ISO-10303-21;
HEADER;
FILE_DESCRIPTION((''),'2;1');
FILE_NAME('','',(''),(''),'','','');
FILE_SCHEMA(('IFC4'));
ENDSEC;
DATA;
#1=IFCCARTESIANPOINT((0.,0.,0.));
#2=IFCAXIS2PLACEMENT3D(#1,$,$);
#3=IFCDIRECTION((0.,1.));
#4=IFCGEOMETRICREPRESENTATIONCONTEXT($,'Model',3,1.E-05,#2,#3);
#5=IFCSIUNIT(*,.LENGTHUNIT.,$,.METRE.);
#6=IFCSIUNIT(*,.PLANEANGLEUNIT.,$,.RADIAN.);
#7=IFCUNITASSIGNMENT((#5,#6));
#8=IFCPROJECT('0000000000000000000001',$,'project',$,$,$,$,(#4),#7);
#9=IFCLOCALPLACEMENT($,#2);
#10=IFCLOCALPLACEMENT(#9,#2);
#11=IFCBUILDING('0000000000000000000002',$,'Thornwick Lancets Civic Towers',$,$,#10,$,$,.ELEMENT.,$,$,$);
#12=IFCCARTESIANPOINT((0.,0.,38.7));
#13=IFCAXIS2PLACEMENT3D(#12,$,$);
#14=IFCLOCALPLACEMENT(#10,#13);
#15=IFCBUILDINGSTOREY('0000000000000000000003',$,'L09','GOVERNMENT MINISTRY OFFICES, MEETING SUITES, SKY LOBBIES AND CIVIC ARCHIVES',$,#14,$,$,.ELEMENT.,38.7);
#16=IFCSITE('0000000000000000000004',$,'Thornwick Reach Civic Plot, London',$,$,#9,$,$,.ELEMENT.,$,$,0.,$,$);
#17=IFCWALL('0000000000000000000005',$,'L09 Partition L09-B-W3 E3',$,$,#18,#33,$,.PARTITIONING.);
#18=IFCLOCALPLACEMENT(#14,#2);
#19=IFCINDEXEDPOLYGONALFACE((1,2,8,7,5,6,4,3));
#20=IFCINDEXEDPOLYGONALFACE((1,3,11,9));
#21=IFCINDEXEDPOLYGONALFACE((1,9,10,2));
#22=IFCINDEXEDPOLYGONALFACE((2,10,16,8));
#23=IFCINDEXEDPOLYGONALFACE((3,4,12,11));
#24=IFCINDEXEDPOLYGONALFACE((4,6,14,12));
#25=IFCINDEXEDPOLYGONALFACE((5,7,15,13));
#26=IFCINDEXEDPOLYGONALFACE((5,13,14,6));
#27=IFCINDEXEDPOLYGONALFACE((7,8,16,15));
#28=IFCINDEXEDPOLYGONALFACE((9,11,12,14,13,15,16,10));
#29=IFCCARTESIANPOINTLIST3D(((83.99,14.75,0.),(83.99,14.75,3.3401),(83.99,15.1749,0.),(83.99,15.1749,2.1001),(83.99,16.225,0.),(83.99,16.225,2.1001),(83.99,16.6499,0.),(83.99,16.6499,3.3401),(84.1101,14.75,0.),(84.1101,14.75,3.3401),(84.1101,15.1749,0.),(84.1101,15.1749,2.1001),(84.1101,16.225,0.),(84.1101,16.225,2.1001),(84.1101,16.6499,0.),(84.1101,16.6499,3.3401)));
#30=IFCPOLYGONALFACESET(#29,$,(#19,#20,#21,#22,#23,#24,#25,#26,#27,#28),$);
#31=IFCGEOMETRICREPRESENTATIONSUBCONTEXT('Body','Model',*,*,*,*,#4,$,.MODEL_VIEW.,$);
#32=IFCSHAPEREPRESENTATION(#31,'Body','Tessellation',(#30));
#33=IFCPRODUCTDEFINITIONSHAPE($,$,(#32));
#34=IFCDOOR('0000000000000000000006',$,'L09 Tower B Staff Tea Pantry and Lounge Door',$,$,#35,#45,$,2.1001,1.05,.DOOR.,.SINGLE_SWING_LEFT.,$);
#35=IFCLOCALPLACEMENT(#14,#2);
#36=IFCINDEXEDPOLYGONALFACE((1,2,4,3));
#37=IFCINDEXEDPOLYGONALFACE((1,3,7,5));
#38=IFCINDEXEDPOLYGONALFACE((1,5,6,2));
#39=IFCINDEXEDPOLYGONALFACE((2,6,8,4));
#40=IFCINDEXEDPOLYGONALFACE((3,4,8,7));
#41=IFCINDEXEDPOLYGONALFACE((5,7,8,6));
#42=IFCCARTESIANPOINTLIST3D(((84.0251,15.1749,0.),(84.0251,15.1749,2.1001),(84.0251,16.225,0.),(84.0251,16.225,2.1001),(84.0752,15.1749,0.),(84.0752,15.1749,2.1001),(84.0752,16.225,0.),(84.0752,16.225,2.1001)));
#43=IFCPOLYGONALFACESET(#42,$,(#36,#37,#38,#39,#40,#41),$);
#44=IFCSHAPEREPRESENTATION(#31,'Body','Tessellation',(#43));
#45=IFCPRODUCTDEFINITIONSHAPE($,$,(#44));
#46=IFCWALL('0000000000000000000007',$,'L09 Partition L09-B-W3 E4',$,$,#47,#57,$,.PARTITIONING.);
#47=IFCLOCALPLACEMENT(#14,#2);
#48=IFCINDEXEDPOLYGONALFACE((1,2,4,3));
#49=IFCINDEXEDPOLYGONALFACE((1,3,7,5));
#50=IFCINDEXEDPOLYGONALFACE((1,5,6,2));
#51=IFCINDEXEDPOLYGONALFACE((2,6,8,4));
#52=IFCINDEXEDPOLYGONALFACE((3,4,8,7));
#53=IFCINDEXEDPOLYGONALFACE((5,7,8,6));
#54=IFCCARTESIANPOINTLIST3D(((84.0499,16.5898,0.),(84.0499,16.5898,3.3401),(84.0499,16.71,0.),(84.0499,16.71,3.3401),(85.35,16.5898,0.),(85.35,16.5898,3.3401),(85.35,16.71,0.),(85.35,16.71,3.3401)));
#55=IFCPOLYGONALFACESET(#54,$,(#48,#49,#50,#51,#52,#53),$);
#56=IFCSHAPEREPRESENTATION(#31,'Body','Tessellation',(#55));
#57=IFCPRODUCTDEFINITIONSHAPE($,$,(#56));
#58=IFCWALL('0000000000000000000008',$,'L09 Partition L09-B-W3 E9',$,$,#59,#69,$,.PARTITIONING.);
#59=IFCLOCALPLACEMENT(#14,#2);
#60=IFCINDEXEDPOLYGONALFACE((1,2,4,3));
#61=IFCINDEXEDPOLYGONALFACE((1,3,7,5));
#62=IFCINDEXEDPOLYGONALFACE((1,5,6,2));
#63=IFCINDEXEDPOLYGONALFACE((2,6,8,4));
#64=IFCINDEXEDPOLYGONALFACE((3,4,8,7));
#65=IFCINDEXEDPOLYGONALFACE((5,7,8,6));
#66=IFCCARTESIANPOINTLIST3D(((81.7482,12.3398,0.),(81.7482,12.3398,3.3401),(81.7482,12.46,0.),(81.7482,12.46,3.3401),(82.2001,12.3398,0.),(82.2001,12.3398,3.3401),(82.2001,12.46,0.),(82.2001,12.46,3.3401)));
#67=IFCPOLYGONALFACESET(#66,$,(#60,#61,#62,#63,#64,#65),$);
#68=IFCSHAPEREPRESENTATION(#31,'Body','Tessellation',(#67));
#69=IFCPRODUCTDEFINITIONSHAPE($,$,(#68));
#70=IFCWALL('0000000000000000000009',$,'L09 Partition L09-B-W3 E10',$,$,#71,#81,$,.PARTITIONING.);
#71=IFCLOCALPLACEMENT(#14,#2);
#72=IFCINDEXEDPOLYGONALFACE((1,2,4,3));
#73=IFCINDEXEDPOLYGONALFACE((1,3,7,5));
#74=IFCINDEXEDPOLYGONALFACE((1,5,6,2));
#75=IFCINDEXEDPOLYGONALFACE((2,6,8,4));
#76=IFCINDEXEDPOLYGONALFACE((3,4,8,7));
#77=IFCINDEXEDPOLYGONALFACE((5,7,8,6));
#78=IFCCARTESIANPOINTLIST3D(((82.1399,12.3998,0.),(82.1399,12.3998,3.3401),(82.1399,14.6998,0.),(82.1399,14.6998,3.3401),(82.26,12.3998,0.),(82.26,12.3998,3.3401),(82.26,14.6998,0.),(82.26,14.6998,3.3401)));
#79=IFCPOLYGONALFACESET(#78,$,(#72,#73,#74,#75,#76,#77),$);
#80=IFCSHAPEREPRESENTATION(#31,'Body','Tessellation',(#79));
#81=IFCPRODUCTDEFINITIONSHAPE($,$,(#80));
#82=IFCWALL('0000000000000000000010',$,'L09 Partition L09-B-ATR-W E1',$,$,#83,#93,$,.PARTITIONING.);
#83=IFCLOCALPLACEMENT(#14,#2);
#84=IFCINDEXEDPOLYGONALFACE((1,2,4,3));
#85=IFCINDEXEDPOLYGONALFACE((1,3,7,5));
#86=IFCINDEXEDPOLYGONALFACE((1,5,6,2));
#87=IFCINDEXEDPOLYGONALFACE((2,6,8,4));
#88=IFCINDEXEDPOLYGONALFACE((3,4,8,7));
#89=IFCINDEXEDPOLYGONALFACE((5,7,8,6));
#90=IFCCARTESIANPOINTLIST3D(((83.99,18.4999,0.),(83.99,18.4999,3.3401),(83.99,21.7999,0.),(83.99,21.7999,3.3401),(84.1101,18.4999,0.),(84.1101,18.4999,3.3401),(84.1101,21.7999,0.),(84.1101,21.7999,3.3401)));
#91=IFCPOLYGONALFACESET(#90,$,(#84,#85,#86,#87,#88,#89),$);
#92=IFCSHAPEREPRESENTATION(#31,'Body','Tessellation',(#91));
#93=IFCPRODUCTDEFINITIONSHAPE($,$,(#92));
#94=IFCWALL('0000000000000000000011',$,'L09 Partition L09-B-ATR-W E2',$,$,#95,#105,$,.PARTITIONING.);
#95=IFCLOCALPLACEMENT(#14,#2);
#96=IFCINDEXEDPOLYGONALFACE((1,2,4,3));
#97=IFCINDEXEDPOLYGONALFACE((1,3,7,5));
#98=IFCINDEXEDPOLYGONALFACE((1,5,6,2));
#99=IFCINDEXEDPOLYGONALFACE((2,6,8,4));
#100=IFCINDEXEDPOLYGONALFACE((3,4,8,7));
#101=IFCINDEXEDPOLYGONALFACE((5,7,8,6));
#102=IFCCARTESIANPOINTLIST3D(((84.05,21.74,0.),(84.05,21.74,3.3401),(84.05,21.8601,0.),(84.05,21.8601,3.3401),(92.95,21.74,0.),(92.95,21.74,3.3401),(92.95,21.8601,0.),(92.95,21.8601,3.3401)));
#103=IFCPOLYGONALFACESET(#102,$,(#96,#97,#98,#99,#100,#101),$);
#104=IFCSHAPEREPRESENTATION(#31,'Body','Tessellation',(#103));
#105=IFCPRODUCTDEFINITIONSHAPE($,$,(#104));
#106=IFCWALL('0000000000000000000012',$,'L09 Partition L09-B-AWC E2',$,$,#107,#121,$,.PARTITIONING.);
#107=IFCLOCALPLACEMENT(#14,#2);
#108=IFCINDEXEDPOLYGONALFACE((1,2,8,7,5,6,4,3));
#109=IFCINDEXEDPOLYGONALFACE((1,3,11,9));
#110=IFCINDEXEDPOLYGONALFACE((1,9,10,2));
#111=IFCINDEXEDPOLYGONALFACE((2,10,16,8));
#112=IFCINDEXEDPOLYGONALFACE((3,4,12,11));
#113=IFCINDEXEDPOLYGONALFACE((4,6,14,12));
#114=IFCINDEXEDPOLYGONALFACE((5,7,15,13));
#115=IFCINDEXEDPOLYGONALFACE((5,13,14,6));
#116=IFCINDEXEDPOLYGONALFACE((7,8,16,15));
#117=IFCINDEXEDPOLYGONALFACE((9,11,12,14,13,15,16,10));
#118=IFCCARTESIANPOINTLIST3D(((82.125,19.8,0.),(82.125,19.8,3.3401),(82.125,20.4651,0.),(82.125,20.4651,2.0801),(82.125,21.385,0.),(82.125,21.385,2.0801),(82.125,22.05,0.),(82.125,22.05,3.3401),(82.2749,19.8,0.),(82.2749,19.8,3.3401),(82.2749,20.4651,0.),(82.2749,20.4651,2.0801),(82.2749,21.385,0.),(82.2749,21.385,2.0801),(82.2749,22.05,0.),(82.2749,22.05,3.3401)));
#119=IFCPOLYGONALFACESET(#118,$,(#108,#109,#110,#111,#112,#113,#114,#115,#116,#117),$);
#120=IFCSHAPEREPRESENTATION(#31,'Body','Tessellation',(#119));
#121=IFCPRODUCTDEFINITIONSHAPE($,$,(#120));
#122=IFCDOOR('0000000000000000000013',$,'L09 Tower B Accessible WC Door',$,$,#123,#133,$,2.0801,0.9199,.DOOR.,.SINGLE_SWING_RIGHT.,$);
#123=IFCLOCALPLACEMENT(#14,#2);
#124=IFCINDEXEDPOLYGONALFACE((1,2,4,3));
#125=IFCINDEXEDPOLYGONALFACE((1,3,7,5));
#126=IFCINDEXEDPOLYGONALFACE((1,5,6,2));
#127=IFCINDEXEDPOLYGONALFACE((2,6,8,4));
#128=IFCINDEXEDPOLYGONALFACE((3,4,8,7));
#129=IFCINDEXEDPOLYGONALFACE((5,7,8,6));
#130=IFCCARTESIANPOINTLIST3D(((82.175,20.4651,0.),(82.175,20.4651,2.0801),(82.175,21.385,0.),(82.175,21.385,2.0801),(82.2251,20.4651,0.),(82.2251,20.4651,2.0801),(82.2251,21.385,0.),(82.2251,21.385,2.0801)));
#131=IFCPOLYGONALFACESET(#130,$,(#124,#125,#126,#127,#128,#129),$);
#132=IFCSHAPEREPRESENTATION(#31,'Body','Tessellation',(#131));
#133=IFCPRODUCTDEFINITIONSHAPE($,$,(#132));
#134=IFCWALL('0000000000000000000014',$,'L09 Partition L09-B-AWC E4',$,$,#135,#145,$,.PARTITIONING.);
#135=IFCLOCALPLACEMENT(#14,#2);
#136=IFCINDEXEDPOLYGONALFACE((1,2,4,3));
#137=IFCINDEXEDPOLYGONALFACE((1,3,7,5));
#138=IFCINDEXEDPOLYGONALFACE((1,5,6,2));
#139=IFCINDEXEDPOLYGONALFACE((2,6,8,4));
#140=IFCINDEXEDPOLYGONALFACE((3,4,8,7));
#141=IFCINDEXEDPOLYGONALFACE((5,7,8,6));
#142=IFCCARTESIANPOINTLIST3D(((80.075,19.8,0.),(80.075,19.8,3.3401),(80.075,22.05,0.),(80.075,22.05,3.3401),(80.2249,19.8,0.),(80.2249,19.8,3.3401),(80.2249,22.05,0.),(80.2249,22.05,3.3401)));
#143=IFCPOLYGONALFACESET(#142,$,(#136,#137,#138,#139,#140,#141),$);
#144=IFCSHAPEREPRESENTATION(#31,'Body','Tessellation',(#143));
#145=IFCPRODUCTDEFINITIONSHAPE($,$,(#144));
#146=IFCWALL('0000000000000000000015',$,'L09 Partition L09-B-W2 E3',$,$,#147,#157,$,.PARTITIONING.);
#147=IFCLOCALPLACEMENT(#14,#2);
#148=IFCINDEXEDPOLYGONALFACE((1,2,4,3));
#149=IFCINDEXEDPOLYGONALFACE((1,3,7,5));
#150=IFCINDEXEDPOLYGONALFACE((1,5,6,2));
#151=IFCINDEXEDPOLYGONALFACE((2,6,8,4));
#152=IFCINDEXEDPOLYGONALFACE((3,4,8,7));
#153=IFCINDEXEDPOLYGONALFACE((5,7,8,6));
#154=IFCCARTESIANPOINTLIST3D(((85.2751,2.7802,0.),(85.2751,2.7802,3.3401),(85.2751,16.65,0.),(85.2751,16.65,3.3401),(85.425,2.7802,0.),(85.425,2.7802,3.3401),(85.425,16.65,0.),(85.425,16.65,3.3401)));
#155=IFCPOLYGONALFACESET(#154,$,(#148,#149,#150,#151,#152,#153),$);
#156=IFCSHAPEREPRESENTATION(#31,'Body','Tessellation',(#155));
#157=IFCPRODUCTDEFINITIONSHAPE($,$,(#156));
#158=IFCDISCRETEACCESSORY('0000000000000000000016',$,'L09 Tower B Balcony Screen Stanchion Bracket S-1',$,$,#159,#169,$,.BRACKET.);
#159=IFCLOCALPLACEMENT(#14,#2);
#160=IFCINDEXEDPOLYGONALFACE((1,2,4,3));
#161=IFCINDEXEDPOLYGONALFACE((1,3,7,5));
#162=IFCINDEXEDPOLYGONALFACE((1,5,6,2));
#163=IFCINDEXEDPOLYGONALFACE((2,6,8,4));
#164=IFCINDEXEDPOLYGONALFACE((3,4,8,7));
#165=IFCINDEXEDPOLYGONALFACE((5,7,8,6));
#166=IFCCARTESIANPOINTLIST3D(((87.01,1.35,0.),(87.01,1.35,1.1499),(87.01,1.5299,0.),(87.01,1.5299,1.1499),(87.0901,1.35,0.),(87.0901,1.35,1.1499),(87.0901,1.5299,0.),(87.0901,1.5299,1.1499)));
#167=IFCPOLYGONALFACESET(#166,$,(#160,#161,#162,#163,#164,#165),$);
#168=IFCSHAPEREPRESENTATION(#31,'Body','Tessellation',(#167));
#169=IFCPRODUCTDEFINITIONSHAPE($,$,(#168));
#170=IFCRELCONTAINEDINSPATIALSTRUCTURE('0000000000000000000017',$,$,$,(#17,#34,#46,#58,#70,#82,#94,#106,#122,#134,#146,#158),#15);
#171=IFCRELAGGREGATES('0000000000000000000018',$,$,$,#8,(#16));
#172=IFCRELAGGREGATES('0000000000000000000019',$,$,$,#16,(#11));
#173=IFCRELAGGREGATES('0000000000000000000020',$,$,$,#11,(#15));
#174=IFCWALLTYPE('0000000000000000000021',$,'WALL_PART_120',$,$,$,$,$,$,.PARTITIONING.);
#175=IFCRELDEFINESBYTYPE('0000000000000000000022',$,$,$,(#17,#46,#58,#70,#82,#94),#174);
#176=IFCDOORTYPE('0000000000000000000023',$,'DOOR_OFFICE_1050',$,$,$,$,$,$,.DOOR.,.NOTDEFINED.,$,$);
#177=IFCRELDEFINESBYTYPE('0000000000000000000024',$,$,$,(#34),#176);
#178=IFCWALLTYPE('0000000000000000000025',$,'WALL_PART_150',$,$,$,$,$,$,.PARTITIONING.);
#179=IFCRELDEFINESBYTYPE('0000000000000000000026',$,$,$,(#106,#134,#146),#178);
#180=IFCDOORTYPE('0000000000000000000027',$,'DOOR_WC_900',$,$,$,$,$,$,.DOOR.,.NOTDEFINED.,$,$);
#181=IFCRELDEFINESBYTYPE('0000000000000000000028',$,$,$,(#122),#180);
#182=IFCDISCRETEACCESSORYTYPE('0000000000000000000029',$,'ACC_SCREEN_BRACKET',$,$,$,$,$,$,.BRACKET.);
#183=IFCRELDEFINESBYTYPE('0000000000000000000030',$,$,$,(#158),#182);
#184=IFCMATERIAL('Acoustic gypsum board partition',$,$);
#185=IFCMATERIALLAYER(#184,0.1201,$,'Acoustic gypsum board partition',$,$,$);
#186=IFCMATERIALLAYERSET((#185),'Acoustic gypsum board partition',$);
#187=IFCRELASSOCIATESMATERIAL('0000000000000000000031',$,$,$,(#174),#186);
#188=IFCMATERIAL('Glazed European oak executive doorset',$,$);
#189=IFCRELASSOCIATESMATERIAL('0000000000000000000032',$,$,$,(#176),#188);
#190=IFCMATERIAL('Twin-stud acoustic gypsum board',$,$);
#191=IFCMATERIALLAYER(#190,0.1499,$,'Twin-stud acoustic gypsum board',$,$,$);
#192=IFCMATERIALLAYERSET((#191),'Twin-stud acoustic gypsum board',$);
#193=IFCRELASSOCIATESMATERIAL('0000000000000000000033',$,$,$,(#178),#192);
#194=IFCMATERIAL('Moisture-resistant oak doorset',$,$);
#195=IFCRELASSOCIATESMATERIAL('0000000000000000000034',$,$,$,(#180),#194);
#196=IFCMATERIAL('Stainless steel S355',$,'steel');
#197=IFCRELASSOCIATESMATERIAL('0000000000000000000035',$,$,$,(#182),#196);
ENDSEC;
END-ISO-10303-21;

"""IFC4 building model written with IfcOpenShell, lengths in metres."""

from ifc_helpers import new_model, si_unit, direction, frame, frame_2d, origin, origin_2d, place, context, subcontext, project, spatial, rectangle, extrude, material, layer, layer_set, type_object, element, fill, save


model = new_model("IFC4")

# Units and contexts
model_context = context("Model", 3, precision=1e-05, world=origin(), true_north=direction((0.0, 1.0)))
body_context = subcontext(model_context, "Body", "Model", "MODEL_VIEW")
ifc_project = project(units=[si_unit("LENGTHUNIT", "METRE"), si_unit("PLANEANGLEUNIT", "RADIAN")], contexts=[model_context])

# Site, building, storey
site_placement = place(None, origin())
site = spatial("IfcSite", under=ifc_project, at=site_placement, Name="Thornwick Reach Civic Plot, London", CompositionType="ELEMENT", RefElevation=0.0)
building_placement = place(site_placement, origin())
building = spatial("IfcBuilding", under=site, at=building_placement, Name="Thornwick Lancets Civic Towers", CompositionType="ELEMENT")
storey_placement = place(building_placement, frame((0.0, 0.0, 38.7)))
storey = spatial("IfcBuildingStorey", under=building, at=storey_placement, Name="L09", Description="GOVERNMENT MINISTRY OFFICES, MEETING SUITES, SKY LOBBIES AND CIVIC ARCHIVES", CompositionType="ELEMENT", Elevation=38.7)

# Shared definitions
ifc_material_1 = material(Name="Acoustic gypsum board partition")
ifc_layer_1 = layer(ifc_material_1, 0.1201, Name="Acoustic gypsum board partition")
ifc_layer_set_1 = layer_set([ifc_layer_1], Name="Acoustic gypsum board partition")
wall_type_1 = type_object("IfcWallType", Name="WALL_PART_120", PredefinedType="PARTITIONING", material=ifc_layer_set_1)

# Wall, opening, door
wall_1_placement = place(storey_placement, frame((84.05, 14.75, 0.0), z_axis=(0.0, 0.0, 1.0), x_axis=(0.0, 1.0, 0.0)))
wall_1 = element("IfcWall", 1, at=wall_1_placement, inside=storey, type_object=wall_type_1, Name="L09 Partition L09-B-W3 E3", PredefinedType="PARTITIONING", context=body_context, shape_type="SweptSolid", body=[
    extrude(rectangle(XDim=1.8999, YDim=0.1201, at=frame_2d((0.95, 0.0))), origin(), (0.0, 0.0, 1.0), 3.3401),
])
opening_1_placement = place(wall_1_placement, frame((0.425, 0.0, 0.0)))
opening_1 = element("IfcOpeningElement", 2, at=opening_1_placement, cuts=wall_1, PredefinedType="OPENING", context=body_context, shape_type="SweptSolid", body=[
    extrude(rectangle(XDim=1.05, YDim=2.1001, at=frame_2d((0.5249, 1.05))), frame((0.0, 0.0701, 0.0), z_axis=(0.0, -1.0, 0.0), x_axis=(1.0, 0.0, 0.0)), (0.0, 0.0, 1.0), 0.1401),
])
ifc_material_2 = material(Name="Glazed European oak executive doorset")
door_type_1 = type_object("IfcDoorType", Name="DOOR_OFFICE_1050", OperationType="NOTDEFINED", PredefinedType="DOOR", material=ifc_material_2)
door_1_placement = place(opening_1_placement, origin())
door_1 = element("IfcDoor", 3, at=door_1_placement, inside=storey, type_object=door_type_1, Name="L09 Tower B Staff Tea Pantry and Lounge Door", OperationType="SINGLE_SWING_LEFT", OverallHeight=2.1001, OverallWidth=1.05, PredefinedType="DOOR", context=body_context, shape_type="SweptSolid", body=[
    extrude(rectangle(XDim=1.05, YDim=2.1001, at=frame_2d((0.5249, 1.05))), frame((0.0, 0.0249, 0.0), z_axis=(0.0, -1.0, 0.0), x_axis=(1.0, 0.0, 0.0)), (0.0, 0.0, 1.0), 0.05),
])
fill(opening_1, door_1)

# Walls
wall_2_placement = place(storey_placement, frame((84.05, 16.6499, 0.0), z_axis=(0.0, 0.0, 1.0), x_axis=(1.0, 0.0, 0.0)))
element("IfcWall", 4, at=wall_2_placement, inside=storey, type_object=wall_type_1, Name="L09 Partition L09-B-W3 E4", PredefinedType="PARTITIONING", context=body_context, shape_type="SweptSolid", body=[
    extrude(rectangle(XDim=1.3, YDim=0.1201, at=frame_2d((0.6499, 0.0))), origin(), (0.0, 0.0, 1.0), 3.3401),
])
wall_3_placement = place(storey_placement, frame((81.748, 12.3999, 0.0), z_axis=(0.0, 0.0, 1.0), x_axis=(1.0, 0.0, 0.0)))
element("IfcWall", 5, at=wall_3_placement, inside=storey, type_object=wall_type_1, Name="L09 Partition L09-B-W3 E9", PredefinedType="PARTITIONING", context=body_context, shape_type="SweptSolid", body=[
    extrude(rectangle(XDim=0.4519, YDim=0.1201, at=frame_2d((0.2261, 0.0))), origin(), (0.0, 0.0, 1.0), 3.3401),
])
wall_4_placement = place(storey_placement, frame((82.2, 12.3999, 0.0), z_axis=(0.0, 0.0, 1.0), x_axis=(0.0, 1.0, 0.0)))
element("IfcWall", 6, at=wall_4_placement, inside=storey, type_object=wall_type_1, Name="L09 Partition L09-B-W3 E10", PredefinedType="PARTITIONING", context=body_context, shape_type="SweptSolid", body=[
    extrude(rectangle(XDim=2.3, YDim=0.1201, at=frame_2d((1.1499, 0.0))), origin(), (0.0, 0.0, 1.0), 3.3401),
])
wall_5_placement = place(storey_placement, frame((84.05, 18.5, 0.0), z_axis=(0.0, 0.0, 1.0), x_axis=(0.0, 1.0, 0.0)))
element("IfcWall", 7, at=wall_5_placement, inside=storey, type_object=wall_type_1, Name="L09 Partition L09-B-ATR-W E1", PredefinedType="PARTITIONING", context=body_context, shape_type="SweptSolid", body=[
    extrude(rectangle(XDim=3.3, YDim=0.1201, at=frame_2d((1.6499, 0.0))), origin(), (0.0, 0.0, 1.0), 3.3401),
])
wall_6_placement = place(storey_placement, frame((84.05, 21.8, 0.0), z_axis=(0.0, 0.0, 1.0), x_axis=(1.0, 0.0, 0.0)))
element("IfcWall", 8, at=wall_6_placement, inside=storey, type_object=wall_type_1, Name="L09 Partition L09-B-ATR-W E2", PredefinedType="PARTITIONING", context=body_context, shape_type="SweptSolid", body=[
    extrude(rectangle(XDim=8.8999, YDim=0.1201, at=frame_2d((4.45, 0.0))), origin(), (0.0, 0.0, 1.0), 3.3401),
])

# Wall, opening, door
ifc_material_3 = material(Name="Twin-stud acoustic gypsum board")
ifc_layer_2 = layer(ifc_material_3, 0.1499, Name="Twin-stud acoustic gypsum board")
ifc_layer_set_2 = layer_set([ifc_layer_2], Name="Twin-stud acoustic gypsum board")
wall_type_2 = type_object("IfcWallType", Name="WALL_PART_150", PredefinedType="PARTITIONING", material=ifc_layer_set_2)
wall_7_placement = place(storey_placement, frame((82.2, 19.8, 0.0), z_axis=(0.0, 0.0, 1.0), x_axis=(0.0, 1.0, 0.0)))
wall_7 = element("IfcWall", 9, at=wall_7_placement, inside=storey, type_object=wall_type_2, Name="L09 Partition L09-B-AWC E2", PredefinedType="PARTITIONING", context=body_context, shape_type="SweptSolid", body=[
    extrude(rectangle(XDim=2.25, YDim=0.1499, at=frame_2d((1.125, 0.0))), origin(), (0.0, 0.0, 1.0), 3.3401),
])
opening_2_placement = place(wall_7_placement, frame((0.665, 0.0, 0.0)))
opening_2 = element("IfcOpeningElement", 10, at=opening_2_placement, cuts=wall_7, PredefinedType="OPENING", context=body_context, shape_type="SweptSolid", body=[
    extrude(rectangle(XDim=0.9199, YDim=2.0801, at=frame_2d((0.46, 1.04))), frame((0.0, 0.085, 0.0), z_axis=(0.0, -1.0, 0.0), x_axis=(1.0, 0.0, 0.0)), (0.0, 0.0, 1.0), 0.1699),
])
ifc_material_4 = material(Name="Moisture-resistant oak doorset")
door_type_2 = type_object("IfcDoorType", Name="DOOR_WC_900", OperationType="NOTDEFINED", PredefinedType="DOOR", material=ifc_material_4)
door_2_placement = place(opening_2_placement, origin())
door_2 = element("IfcDoor", 11, at=door_2_placement, inside=storey, type_object=door_type_2, Name="L09 Tower B Accessible WC Door", OperationType="SINGLE_SWING_RIGHT", OverallHeight=2.0801, OverallWidth=0.9199, PredefinedType="DOOR", context=body_context, shape_type="SweptSolid", body=[
    extrude(rectangle(XDim=0.9199, YDim=2.0801, at=frame_2d((0.46, 1.04))), frame((0.0, 0.0249, 0.0), z_axis=(0.0, -1.0, 0.0), x_axis=(1.0, 0.0, 0.0)), (0.0, 0.0, 1.0), 0.05),
])
fill(opening_2, door_2)

# Walls
wall_8_placement = place(storey_placement, frame((80.1499, 22.05, 0.0), z_axis=(0.0, 0.0, 1.0), x_axis=(0.0, -1.0, 0.0)))
element("IfcWall", 12, at=wall_8_placement, inside=storey, type_object=wall_type_2, Name="L09 Partition L09-B-AWC E4", PredefinedType="PARTITIONING", context=body_context, shape_type="SweptSolid", body=[
    extrude(rectangle(XDim=2.25, YDim=0.1499, at=frame_2d((1.125, 0.0))), origin(), (0.0, 0.0, 1.0), 3.3401),
])
wall_9_placement = place(storey_placement, frame((85.3501, 2.78, 0.0), z_axis=(0.0, 0.0, 1.0), x_axis=(0.0, 1.0, 0.0)))
element("IfcWall", 13, at=wall_9_placement, inside=storey, type_object=wall_type_2, Name="L09 Partition L09-B-W2 E3", PredefinedType="PARTITIONING", context=body_context, shape_type="SweptSolid", body=[
    extrude(rectangle(XDim=13.8699, YDim=0.1499, at=frame_2d((6.9351, 0.0))), origin(), (0.0, 0.0, 1.0), 3.3401),
])

# Discrete accessory
ifc_material_5 = material(Name="Stainless steel S355", Category="steel")
discrete_accessory_type = type_object("IfcDiscreteAccessoryType", Name="ACC_SCREEN_BRACKET", PredefinedType="BRACKET", material=ifc_material_5)
discrete_accessory_placement = place(storey_placement, frame((87.05, 1.4399, 0.0), z_axis=(0.0, 0.0, 1.0), x_axis=(1.0, 0.0, 0.0)))
element("IfcDiscreteAccessory", 14, at=discrete_accessory_placement, inside=storey, type_object=discrete_accessory_type, Name="L09 Tower B Balcony Screen Stanchion Bracket S-1", PredefinedType="BRACKET", context=body_context, shape_type="SweptSolid", body=[
    extrude(rectangle(XDim=0.0801, YDim=0.1799, at=origin_2d()), origin(), (0.0, 0.0, 1.0), 1.1499),
])

save(model, "model.ifc")
